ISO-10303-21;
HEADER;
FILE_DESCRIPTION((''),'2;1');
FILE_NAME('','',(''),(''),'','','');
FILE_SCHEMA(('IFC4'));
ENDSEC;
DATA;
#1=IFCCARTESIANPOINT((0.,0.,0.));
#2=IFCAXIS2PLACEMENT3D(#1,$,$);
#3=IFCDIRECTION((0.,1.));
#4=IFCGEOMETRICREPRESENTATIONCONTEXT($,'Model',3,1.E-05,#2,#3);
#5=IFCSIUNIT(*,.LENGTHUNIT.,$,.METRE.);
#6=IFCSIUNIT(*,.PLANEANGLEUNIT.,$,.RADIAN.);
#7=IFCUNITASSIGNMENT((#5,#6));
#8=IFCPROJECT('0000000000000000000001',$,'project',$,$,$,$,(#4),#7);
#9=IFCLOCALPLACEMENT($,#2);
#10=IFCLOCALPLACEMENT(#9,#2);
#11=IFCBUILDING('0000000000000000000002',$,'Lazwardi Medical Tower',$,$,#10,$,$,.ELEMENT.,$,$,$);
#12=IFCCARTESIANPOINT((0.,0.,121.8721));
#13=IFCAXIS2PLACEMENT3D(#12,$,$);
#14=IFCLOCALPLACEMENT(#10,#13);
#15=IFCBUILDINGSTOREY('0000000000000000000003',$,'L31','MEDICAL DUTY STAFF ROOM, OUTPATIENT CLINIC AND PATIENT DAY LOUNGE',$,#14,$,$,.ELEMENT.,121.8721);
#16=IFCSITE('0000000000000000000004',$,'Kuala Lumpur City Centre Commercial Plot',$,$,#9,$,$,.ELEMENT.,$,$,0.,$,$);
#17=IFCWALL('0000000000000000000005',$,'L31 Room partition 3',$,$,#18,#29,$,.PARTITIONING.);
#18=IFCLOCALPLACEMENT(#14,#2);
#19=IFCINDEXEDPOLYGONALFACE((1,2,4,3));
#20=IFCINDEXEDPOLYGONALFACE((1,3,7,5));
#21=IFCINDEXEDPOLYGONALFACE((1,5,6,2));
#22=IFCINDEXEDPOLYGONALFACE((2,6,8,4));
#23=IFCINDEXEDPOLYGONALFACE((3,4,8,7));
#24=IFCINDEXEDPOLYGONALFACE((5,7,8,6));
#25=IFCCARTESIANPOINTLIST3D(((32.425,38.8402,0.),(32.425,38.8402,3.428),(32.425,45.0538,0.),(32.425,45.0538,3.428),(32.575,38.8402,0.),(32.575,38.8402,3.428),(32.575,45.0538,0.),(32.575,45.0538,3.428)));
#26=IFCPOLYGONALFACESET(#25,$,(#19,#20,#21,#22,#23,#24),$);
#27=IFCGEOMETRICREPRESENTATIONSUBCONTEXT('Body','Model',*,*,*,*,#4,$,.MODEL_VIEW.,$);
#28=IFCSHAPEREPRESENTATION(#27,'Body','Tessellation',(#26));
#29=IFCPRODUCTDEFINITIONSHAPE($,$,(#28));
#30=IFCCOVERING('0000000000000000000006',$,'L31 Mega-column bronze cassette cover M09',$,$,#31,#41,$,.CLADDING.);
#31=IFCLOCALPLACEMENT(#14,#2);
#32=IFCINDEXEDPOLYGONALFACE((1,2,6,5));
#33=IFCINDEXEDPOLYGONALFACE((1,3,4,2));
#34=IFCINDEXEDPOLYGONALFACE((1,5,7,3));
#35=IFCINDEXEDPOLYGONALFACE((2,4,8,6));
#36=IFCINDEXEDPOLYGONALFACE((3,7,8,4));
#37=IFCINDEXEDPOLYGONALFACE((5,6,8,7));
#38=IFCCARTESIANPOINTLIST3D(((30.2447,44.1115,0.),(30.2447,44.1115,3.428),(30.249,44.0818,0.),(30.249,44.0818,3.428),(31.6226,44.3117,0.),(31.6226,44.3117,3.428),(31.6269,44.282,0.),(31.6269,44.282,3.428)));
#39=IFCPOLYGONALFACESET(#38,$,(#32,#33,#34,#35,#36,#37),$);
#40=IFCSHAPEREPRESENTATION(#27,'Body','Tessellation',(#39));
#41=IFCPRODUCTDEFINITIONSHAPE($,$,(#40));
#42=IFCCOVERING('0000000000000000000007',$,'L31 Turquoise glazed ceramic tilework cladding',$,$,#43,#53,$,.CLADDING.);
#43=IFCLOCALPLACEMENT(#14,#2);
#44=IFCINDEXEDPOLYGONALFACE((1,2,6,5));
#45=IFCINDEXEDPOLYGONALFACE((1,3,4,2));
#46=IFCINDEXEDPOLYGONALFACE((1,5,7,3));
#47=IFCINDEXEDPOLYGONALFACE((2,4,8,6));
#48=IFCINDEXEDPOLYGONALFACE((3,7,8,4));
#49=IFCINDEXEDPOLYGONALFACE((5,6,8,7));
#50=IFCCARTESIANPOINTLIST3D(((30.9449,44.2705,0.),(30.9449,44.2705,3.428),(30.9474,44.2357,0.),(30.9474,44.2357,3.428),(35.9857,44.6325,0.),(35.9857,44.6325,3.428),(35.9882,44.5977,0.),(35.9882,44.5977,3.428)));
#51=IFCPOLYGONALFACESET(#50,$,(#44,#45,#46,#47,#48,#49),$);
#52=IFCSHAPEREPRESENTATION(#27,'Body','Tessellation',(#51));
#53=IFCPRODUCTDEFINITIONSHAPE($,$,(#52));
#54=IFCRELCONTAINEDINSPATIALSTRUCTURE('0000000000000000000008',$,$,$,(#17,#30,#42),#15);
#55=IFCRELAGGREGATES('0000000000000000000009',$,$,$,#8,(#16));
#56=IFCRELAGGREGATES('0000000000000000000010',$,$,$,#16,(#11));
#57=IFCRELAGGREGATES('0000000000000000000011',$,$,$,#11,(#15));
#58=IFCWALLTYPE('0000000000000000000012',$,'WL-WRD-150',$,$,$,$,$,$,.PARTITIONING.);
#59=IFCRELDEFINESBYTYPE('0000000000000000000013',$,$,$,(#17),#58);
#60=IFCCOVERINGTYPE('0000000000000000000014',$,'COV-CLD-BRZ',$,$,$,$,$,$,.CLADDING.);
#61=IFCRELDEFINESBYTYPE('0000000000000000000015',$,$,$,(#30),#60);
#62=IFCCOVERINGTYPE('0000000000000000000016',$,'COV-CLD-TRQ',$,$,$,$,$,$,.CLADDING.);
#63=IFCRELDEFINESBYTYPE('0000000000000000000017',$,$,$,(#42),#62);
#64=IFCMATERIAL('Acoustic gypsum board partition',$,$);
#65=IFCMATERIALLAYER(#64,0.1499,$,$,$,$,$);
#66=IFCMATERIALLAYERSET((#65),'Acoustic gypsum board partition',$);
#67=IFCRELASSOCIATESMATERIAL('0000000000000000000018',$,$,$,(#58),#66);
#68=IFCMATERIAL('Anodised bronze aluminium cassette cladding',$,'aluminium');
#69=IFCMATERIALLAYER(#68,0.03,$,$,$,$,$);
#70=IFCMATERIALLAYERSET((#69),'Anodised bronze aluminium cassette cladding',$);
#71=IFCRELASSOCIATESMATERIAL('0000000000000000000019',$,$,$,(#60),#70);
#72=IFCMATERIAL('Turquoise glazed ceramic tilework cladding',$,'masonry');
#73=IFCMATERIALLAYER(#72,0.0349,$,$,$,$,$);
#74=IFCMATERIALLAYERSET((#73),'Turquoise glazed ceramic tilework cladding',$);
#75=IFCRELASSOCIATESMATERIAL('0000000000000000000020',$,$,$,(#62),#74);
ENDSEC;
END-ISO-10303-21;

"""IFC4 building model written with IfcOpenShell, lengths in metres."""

from ifc_helpers import new_model, si_unit, direction, frame, frame_2d, origin, origin_2d, place, context, subcontext, project, spatial, rectangle, extrude, material, layer, layer_set, type_object, element, save


model = new_model("IFC4")

# Units and contexts
model_context = context("Model", 3, precision=1e-05, world=origin(), true_north=direction((0.0, 1.0)))
body_context = subcontext(model_context, "Body", "Model", "MODEL_VIEW")
ifc_project = project(units=[si_unit("LENGTHUNIT", "METRE"), si_unit("PLANEANGLEUNIT", "RADIAN")], contexts=[model_context])

# Site, building, storey
site_placement = place(None, origin())
site = spatial("IfcSite", under=ifc_project, at=site_placement, Name="Kuala Lumpur City Centre Commercial Plot", CompositionType="ELEMENT", RefElevation=0.0)
building_placement = place(site_placement, origin())
building = spatial("IfcBuilding", under=site, at=building_placement, Name="Lazwardi Medical Tower", CompositionType="ELEMENT")
storey_placement = place(building_placement, frame((0.0, 0.0, 121.8721)))
storey = spatial("IfcBuildingStorey", under=building, at=storey_placement, Name="L31", Description="MEDICAL DUTY STAFF ROOM, OUTPATIENT CLINIC AND PATIENT DAY LOUNGE", CompositionType="ELEMENT", Elevation=121.8721)

# Wall
ifc_material_1 = material(Name="Acoustic gypsum board partition")
ifc_layer_1 = layer(ifc_material_1, 0.1499)
ifc_layer_set_1 = layer_set([ifc_layer_1], Name="Acoustic gypsum board partition")
wall_type_1 = type_object("IfcWallType", Name="WL-WRD-150", PredefinedType="PARTITIONING", material=ifc_layer_set_1)
wall_1_placement = place(storey_placement, frame((32.5, 38.8401, 0.0), z_axis=(0.0, 0.0, 1.0), x_axis=(0.0, 1.0, 0.0)))
element("IfcWall", 1, at=wall_1_placement, inside=storey, type_object=wall_type_1, Name="L31 Room partition 3", PredefinedType="PARTITIONING", context=body_context, shape_type="SweptSolid", body=[
    extrude(rectangle(XDim=6.2136, YDim=0.1499, at=frame_2d((3.1069, 0.0))), origin(), (0.0, 0.0, 1.0), 3.428),
])

# Coverings
ifc_material_2 = material(Name="Anodised bronze aluminium cassette cladding", Category="aluminium")
ifc_layer_2 = layer(ifc_material_2, 0.03)
ifc_layer_set_2 = layer_set([ifc_layer_2], Name="Anodised bronze aluminium cassette cladding")
covering_type_1 = type_object("IfcCoveringType", Name="COV-CLD-BRZ", PredefinedType="CLADDING", material=ifc_layer_set_2)
covering_1_placement = place(storey_placement, frame((30.9358, 44.1968, 0.0), z_axis=(0.0, 0.0, 1.0), x_axis=(-0.989609, -0.143785, 0.0)))
element("IfcCovering", 2, at=covering_1_placement, inside=storey, type_object=covering_type_1, Name="L31 Mega-column bronze cassette cover M09", PredefinedType="CLADDING", context=body_context, shape_type="SweptSolid", body=[
    extrude(rectangle(XDim=1.3923, YDim=0.03, at=origin_2d()), origin(), (0.0, 0.0, 1.0), 3.428),
])
ifc_material_3 = material(Name="Turquoise glazed ceramic tilework cladding", Category="masonry")
ifc_layer_3 = layer(ifc_material_3, 0.0349)
ifc_layer_set_3 = layer_set([ifc_layer_3], Name="Turquoise glazed ceramic tilework cladding")
covering_type_2 = type_object("IfcCoveringType", Name="COV-CLD-TRQ", PredefinedType="CLADDING", material=ifc_layer_set_3)
covering_2_placement = place(storey_placement, frame((33.4666, 44.4341, 0.0), z_axis=(0.0, 0.0, 1.0), x_axis=(-0.997431, -0.071631, 0.0)))
element("IfcCovering", 3, at=covering_2_placement, inside=storey, type_object=covering_type_2, Name="L31 Turquoise glazed ceramic tilework cladding", PredefinedType="CLADDING", context=body_context, shape_type="SweptSolid", body=[
    extrude(rectangle(XDim=5.0537, YDim=0.0349, at=origin_2d()), origin(), (0.0, 0.0, 1.0), 3.428),
])

save(model, "model.ifc")
